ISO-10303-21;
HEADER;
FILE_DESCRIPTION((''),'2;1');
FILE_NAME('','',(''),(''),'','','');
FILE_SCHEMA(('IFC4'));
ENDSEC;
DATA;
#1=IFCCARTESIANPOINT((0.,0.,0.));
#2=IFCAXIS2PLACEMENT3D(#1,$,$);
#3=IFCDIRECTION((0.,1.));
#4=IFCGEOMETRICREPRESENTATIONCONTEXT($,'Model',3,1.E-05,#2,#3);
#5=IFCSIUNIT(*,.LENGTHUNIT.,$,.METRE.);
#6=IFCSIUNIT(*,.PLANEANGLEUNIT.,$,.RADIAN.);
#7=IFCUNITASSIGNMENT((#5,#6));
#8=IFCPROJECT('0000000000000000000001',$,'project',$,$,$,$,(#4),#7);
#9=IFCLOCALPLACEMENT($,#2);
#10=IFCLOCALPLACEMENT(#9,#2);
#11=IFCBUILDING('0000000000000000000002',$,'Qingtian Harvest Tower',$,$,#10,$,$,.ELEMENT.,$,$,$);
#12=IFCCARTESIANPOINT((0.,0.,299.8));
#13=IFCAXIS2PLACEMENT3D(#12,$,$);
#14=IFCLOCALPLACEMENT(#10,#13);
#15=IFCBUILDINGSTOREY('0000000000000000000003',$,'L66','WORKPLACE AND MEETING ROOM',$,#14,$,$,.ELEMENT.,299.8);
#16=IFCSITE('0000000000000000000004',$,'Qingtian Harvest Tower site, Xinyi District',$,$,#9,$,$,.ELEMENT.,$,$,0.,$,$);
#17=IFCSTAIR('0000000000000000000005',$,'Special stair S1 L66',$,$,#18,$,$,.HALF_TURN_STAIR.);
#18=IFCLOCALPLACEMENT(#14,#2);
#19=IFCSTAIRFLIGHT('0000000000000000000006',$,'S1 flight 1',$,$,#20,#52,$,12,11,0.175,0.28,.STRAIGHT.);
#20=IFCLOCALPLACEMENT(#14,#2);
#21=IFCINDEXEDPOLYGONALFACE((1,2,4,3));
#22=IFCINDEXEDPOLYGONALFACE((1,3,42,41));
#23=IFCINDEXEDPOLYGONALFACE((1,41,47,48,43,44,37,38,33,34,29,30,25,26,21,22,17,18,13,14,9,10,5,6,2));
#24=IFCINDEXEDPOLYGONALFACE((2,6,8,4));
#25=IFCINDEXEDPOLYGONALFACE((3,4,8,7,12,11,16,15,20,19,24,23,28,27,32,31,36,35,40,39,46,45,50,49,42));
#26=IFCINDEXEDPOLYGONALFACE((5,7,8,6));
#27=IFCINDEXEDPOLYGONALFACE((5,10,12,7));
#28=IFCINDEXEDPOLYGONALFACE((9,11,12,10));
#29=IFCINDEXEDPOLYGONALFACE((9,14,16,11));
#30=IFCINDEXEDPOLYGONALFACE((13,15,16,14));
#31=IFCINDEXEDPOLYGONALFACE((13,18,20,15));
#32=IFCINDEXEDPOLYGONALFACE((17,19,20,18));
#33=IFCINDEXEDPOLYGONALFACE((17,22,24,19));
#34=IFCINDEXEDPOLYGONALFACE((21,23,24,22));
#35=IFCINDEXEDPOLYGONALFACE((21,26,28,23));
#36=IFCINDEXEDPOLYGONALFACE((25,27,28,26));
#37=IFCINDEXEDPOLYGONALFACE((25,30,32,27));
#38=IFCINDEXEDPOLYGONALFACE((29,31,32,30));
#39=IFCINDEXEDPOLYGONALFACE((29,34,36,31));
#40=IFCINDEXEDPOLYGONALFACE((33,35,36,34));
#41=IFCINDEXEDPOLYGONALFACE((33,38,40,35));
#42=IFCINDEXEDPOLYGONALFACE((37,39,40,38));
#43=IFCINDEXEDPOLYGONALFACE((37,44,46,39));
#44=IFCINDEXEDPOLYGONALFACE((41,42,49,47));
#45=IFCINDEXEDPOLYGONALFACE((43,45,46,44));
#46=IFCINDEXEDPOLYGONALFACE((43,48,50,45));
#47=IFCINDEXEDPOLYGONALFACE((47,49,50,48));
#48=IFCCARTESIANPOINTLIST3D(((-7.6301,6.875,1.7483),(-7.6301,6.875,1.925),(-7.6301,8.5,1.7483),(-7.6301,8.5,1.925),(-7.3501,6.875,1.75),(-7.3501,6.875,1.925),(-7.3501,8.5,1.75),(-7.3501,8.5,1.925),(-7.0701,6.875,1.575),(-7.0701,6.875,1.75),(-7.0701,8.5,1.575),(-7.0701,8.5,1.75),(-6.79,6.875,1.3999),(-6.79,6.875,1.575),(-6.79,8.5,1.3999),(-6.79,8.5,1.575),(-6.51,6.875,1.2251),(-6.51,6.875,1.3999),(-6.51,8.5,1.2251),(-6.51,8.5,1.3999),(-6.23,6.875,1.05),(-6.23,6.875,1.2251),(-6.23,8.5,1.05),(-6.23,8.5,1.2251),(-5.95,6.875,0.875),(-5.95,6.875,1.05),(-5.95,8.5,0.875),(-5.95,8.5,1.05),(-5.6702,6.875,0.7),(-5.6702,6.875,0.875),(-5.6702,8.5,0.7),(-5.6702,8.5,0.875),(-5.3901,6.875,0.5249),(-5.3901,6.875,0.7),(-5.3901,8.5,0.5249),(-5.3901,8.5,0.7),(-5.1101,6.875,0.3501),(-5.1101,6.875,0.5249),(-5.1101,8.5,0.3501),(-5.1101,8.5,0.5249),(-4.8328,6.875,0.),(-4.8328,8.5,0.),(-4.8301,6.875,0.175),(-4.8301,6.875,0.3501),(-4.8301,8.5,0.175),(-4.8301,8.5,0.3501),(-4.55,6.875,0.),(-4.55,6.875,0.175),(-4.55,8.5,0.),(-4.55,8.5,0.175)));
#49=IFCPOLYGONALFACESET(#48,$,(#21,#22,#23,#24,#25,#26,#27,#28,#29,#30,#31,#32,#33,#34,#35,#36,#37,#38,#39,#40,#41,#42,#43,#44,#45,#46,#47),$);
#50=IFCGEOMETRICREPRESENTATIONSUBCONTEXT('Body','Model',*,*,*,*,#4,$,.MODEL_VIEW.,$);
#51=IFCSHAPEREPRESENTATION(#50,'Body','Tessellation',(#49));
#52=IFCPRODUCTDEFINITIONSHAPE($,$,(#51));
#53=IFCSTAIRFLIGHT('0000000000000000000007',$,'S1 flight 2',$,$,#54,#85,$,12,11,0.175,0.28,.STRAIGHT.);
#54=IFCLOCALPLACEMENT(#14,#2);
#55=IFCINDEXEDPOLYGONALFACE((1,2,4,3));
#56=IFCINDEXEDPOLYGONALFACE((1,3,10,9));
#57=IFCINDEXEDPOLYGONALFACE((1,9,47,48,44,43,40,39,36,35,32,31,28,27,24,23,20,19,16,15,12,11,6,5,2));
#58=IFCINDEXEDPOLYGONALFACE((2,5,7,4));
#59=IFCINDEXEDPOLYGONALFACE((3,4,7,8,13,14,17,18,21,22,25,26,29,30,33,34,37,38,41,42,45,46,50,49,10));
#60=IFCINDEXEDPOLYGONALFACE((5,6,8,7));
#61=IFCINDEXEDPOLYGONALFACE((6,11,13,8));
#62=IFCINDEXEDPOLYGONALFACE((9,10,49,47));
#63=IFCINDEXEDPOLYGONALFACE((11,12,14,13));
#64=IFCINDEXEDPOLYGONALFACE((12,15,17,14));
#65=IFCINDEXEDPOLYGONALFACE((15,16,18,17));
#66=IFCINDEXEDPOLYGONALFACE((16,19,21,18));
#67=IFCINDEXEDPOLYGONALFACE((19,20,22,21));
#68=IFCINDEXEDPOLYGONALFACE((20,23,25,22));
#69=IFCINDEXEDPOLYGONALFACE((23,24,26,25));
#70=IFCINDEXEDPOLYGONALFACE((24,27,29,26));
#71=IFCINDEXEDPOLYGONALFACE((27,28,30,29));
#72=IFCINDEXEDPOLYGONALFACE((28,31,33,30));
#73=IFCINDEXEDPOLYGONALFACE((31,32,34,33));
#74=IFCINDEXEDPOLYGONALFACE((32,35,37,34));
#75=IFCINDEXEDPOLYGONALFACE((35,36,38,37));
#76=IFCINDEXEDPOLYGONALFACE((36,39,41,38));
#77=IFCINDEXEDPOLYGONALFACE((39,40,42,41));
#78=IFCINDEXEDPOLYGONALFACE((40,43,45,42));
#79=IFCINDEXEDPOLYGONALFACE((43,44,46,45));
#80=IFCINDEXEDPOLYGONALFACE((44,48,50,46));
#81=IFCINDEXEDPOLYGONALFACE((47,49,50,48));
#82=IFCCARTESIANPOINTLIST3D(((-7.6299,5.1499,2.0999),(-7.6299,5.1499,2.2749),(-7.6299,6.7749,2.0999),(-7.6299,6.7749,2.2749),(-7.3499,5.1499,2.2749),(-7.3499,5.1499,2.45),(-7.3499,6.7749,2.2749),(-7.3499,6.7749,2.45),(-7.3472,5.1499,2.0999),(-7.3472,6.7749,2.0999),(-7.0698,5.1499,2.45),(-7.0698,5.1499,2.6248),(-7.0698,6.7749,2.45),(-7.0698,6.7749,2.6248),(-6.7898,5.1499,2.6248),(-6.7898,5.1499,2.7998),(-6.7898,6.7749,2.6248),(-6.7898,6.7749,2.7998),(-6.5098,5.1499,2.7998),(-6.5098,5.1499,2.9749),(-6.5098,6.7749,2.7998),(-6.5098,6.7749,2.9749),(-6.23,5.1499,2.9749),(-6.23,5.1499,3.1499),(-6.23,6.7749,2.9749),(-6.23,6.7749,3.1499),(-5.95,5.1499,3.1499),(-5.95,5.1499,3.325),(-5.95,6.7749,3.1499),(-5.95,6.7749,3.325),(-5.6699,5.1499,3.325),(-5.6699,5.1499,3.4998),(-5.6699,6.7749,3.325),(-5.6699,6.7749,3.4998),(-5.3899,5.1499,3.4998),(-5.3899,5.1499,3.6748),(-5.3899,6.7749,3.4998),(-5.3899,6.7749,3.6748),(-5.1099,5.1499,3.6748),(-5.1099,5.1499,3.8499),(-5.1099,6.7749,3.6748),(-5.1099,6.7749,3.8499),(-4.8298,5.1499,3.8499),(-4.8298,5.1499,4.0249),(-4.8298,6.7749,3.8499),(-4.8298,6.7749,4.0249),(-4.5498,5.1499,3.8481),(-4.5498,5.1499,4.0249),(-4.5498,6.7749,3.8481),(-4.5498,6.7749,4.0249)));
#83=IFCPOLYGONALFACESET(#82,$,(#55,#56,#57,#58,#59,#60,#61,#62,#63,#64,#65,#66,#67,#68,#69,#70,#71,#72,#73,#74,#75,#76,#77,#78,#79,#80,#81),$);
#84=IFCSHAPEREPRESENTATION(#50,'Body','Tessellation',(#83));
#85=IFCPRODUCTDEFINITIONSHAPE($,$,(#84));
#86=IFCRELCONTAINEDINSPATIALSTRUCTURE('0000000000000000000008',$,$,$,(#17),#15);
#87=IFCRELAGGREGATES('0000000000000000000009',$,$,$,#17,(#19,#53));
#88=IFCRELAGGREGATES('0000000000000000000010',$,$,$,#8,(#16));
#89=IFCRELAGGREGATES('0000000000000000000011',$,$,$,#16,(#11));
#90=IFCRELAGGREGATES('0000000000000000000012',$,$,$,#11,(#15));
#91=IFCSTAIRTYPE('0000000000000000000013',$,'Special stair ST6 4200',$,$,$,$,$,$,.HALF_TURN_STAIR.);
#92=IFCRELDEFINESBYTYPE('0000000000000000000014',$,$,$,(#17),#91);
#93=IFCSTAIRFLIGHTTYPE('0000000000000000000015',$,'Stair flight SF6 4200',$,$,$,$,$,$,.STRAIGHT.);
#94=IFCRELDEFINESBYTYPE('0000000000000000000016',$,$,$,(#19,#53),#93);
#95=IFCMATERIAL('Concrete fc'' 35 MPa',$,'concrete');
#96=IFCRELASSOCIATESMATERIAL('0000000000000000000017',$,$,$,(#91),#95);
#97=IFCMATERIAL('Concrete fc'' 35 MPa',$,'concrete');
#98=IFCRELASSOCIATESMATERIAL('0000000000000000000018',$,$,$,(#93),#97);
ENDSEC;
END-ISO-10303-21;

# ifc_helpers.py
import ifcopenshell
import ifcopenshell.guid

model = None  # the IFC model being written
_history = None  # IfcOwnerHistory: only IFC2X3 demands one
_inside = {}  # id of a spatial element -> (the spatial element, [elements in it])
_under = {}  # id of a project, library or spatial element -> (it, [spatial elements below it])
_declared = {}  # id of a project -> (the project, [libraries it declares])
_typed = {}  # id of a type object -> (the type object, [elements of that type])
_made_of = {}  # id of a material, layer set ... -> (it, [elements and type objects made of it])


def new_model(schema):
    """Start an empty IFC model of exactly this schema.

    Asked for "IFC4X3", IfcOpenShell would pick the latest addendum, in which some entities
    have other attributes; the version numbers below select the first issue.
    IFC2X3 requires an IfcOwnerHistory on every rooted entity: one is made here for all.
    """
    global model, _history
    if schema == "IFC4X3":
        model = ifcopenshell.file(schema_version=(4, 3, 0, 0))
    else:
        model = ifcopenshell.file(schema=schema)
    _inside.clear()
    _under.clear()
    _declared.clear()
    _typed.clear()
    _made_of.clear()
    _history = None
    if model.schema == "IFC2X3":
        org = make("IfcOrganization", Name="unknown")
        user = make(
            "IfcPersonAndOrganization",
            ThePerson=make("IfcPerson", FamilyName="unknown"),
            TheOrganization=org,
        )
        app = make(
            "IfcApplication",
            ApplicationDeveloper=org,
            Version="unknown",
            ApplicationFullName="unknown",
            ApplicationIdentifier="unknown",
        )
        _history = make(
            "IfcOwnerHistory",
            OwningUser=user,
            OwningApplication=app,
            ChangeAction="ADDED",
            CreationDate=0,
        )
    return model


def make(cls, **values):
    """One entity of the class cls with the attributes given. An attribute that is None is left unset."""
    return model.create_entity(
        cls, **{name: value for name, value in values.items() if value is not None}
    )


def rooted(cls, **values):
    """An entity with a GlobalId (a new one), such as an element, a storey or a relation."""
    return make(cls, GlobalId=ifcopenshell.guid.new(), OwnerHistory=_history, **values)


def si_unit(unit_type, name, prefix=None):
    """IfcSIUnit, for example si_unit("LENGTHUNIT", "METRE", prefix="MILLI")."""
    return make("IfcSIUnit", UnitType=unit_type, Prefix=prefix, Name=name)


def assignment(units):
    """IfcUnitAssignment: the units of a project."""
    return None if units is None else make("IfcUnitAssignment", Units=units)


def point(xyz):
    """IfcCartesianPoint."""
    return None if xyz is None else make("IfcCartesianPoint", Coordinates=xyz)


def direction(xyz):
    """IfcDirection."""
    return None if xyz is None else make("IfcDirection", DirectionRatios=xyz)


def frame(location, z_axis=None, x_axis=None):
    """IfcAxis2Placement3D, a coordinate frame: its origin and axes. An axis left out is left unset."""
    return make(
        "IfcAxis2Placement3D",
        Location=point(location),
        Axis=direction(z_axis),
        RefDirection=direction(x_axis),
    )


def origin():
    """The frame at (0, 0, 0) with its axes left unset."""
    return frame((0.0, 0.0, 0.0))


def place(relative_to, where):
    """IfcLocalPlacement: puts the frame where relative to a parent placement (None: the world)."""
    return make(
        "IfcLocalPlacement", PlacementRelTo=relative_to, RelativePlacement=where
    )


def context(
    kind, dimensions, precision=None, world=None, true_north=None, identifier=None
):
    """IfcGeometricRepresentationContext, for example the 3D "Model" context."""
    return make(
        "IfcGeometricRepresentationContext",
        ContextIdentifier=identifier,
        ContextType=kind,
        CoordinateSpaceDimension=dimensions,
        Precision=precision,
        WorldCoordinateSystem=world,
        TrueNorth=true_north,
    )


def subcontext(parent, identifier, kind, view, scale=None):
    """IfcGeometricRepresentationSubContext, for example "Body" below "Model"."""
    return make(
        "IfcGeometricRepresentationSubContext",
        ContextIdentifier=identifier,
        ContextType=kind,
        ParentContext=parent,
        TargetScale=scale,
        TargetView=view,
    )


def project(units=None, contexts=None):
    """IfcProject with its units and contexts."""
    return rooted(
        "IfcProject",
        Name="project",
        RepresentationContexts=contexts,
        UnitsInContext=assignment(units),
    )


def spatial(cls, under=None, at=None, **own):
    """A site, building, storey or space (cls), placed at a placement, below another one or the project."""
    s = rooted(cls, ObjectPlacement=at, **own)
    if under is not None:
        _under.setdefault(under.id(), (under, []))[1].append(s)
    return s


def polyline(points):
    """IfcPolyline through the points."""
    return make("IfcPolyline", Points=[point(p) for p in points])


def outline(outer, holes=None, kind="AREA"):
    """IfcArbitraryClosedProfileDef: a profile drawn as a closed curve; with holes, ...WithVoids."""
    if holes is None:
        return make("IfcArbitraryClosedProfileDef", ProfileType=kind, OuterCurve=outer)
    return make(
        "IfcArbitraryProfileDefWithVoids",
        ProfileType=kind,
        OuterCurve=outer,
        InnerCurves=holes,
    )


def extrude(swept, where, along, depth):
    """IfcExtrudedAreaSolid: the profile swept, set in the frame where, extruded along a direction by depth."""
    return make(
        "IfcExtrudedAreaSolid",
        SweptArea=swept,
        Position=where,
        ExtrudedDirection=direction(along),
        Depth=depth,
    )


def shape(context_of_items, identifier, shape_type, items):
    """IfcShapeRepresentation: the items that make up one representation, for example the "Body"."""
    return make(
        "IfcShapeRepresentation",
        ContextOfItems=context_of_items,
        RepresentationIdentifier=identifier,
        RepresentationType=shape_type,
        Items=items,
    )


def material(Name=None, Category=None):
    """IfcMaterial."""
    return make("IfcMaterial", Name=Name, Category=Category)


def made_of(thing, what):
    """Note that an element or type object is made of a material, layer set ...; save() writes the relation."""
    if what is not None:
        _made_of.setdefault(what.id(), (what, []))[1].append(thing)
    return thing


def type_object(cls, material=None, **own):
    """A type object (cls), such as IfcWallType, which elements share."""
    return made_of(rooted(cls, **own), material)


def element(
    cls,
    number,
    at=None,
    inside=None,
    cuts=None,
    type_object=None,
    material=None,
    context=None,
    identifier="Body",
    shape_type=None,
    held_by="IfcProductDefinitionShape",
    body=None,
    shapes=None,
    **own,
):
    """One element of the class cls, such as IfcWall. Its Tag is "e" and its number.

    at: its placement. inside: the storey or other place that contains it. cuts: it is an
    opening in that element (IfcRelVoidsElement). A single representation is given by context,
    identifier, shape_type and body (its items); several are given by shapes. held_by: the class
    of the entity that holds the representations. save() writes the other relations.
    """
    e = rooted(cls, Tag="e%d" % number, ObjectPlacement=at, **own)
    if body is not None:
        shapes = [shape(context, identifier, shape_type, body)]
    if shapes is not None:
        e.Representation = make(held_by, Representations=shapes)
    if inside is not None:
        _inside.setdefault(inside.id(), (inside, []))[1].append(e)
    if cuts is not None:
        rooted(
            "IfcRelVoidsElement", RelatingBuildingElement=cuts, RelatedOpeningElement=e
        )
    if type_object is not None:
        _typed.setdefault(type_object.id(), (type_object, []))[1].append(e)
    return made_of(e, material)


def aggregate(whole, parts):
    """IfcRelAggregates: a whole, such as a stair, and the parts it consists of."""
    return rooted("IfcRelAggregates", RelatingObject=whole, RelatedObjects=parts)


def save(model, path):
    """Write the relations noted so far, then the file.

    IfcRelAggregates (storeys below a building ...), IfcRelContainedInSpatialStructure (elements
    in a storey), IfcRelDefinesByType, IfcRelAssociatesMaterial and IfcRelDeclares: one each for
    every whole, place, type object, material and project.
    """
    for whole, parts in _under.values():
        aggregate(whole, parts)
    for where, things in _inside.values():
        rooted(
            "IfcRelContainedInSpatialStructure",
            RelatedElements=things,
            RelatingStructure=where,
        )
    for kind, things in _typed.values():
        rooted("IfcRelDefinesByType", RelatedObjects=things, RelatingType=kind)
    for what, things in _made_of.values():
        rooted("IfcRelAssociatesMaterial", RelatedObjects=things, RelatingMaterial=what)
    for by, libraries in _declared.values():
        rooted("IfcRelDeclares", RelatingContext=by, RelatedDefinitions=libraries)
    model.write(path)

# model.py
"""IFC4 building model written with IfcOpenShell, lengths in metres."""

from ifc_helpers import new_model, si_unit, direction, frame, origin, place, context, subcontext, project, spatial, polyline, outline, extrude, material, type_object, element, aggregate, save


model = new_model("IFC4")

# Units and contexts
model_context = context("Model", 3, precision=1e-05, world=origin(), true_north=direction((0.0, 1.0)))
body_context = subcontext(model_context, "Body", "Model", "MODEL_VIEW")
ifc_project = project(units=[si_unit("LENGTHUNIT", "METRE"), si_unit("PLANEANGLEUNIT", "RADIAN")], contexts=[model_context])

# Site, building, storey
site_placement = place(None, origin())
site = spatial("IfcSite", under=ifc_project, at=site_placement, Name="Qingtian Harvest Tower site, Xinyi District", CompositionType="ELEMENT", RefElevation=0.0)
building_placement = place(site_placement, origin())
building = spatial("IfcBuilding", under=site, at=building_placement, Name="Qingtian Harvest Tower", CompositionType="ELEMENT")
storey_placement = place(building_placement, frame((0.0, 0.0, 299.8)))
storey = spatial("IfcBuildingStorey", under=building, at=storey_placement, Name="L66", Description="WORKPLACE AND MEETING ROOM", CompositionType="ELEMENT", Elevation=299.8)

# Stair, stair flights
ifc_material_1 = material(Name="Concrete fc' 35 MPa", Category="concrete")
stair_type = type_object("IfcStairType", Name="Special stair ST6 4200", PredefinedType="HALF_TURN_STAIR", material=ifc_material_1)
stair_placement = place(storey_placement, origin())
stair = element("IfcStair", 1, at=stair_placement, inside=storey, type_object=stair_type, Name="Special stair S1 L66", PredefinedType="HALF_TURN_STAIR")
ifc_material_2 = material(Name="Concrete fc' 35 MPa", Category="concrete")
stair_flight_type = type_object("IfcStairFlightType", Name="Stair flight SF6 4200", PredefinedType="STRAIGHT", material=ifc_material_2)
stair_flight_1_placement = place(storey_placement, frame((-4.55, 7.6875, 0.0), z_axis=(0.0, 0.0, 1.0), x_axis=(-1.0, 0.0, 0.0)))
stair_flight_1 = element("IfcStairFlight", 2, at=stair_flight_1_placement, type_object=stair_flight_type, Name="S1 flight 1", NumberOfRisers=12, NumberOfTreads=11, PredefinedType="STRAIGHT", RiserHeight=0.175, TreadLength=0.28, context=body_context, shape_type="SweptSolid", body=[
    extrude(outline(polyline([(0.0, 0.0), (0.0, 0.175), (0.28, 0.175), (0.28, 0.3501), (0.5601, 0.3501), (0.5601, 0.5249), (0.8401, 0.5249), (0.8401, 0.7), (1.1201, 0.7), (1.1201, 0.875), (1.3999, 0.875), (1.3999, 1.05), (1.6799, 1.05), (1.6799, 1.2251), (1.96, 1.2251), (1.96, 1.3999), (2.24, 1.3999), (2.24, 1.575), (2.52, 1.575), (2.52, 1.75), (2.8, 1.75), (2.8, 1.925), (3.0801, 1.925), (3.0801, 2.1001), (3.0801, 1.7483), (0.2827, 0.0), (0.0, 0.0)])), frame((0.0, 0.8125, 0.0), z_axis=(0.0, -1.0, 0.0), x_axis=(1.0, 0.0, 0.0)), (0.0, 0.0, 1.0), 1.625),
])
stair_flight_2_placement = place(storey_placement, frame((-7.6299, 5.9624, 2.0999), z_axis=(0.0, 0.0, 1.0), x_axis=(1.0, 0.0, 0.0)))
stair_flight_2 = element("IfcStairFlight", 3, at=stair_flight_2_placement, type_object=stair_flight_type, Name="S1 flight 2", NumberOfRisers=12, NumberOfTreads=11, PredefinedType="STRAIGHT", RiserHeight=0.175, TreadLength=0.28, context=body_context, shape_type="SweptSolid", body=[
    extrude(outline(polyline([(0.0, 0.0), (0.0, 0.175), (0.28, 0.175), (0.28, 0.3501), (0.5601, 0.3501), (0.5601, 0.5249), (0.8401, 0.5249), (0.8401, 0.7), (1.1201, 0.7), (1.1201, 0.875), (1.3999, 0.875), (1.3999, 1.05), (1.6799, 1.05), (1.6799, 1.2251), (1.96, 1.2251), (1.96, 1.3999), (2.24, 1.3999), (2.24, 1.575), (2.52, 1.575), (2.52, 1.75), (2.8, 1.75), (2.8, 1.925), (3.0801, 1.925), (3.0801, 2.1001), (3.0801, 1.7483), (0.2827, 0.0), (0.0, 0.0)])), frame((0.0, 0.8125, 0.0), z_axis=(0.0, -1.0, 0.0), x_axis=(1.0, 0.0, 0.0)), (0.0, 0.0, 1.0), 1.625),
])
aggregate(stair, [stair_flight_1, stair_flight_2])

save(model, "model.ifc")
